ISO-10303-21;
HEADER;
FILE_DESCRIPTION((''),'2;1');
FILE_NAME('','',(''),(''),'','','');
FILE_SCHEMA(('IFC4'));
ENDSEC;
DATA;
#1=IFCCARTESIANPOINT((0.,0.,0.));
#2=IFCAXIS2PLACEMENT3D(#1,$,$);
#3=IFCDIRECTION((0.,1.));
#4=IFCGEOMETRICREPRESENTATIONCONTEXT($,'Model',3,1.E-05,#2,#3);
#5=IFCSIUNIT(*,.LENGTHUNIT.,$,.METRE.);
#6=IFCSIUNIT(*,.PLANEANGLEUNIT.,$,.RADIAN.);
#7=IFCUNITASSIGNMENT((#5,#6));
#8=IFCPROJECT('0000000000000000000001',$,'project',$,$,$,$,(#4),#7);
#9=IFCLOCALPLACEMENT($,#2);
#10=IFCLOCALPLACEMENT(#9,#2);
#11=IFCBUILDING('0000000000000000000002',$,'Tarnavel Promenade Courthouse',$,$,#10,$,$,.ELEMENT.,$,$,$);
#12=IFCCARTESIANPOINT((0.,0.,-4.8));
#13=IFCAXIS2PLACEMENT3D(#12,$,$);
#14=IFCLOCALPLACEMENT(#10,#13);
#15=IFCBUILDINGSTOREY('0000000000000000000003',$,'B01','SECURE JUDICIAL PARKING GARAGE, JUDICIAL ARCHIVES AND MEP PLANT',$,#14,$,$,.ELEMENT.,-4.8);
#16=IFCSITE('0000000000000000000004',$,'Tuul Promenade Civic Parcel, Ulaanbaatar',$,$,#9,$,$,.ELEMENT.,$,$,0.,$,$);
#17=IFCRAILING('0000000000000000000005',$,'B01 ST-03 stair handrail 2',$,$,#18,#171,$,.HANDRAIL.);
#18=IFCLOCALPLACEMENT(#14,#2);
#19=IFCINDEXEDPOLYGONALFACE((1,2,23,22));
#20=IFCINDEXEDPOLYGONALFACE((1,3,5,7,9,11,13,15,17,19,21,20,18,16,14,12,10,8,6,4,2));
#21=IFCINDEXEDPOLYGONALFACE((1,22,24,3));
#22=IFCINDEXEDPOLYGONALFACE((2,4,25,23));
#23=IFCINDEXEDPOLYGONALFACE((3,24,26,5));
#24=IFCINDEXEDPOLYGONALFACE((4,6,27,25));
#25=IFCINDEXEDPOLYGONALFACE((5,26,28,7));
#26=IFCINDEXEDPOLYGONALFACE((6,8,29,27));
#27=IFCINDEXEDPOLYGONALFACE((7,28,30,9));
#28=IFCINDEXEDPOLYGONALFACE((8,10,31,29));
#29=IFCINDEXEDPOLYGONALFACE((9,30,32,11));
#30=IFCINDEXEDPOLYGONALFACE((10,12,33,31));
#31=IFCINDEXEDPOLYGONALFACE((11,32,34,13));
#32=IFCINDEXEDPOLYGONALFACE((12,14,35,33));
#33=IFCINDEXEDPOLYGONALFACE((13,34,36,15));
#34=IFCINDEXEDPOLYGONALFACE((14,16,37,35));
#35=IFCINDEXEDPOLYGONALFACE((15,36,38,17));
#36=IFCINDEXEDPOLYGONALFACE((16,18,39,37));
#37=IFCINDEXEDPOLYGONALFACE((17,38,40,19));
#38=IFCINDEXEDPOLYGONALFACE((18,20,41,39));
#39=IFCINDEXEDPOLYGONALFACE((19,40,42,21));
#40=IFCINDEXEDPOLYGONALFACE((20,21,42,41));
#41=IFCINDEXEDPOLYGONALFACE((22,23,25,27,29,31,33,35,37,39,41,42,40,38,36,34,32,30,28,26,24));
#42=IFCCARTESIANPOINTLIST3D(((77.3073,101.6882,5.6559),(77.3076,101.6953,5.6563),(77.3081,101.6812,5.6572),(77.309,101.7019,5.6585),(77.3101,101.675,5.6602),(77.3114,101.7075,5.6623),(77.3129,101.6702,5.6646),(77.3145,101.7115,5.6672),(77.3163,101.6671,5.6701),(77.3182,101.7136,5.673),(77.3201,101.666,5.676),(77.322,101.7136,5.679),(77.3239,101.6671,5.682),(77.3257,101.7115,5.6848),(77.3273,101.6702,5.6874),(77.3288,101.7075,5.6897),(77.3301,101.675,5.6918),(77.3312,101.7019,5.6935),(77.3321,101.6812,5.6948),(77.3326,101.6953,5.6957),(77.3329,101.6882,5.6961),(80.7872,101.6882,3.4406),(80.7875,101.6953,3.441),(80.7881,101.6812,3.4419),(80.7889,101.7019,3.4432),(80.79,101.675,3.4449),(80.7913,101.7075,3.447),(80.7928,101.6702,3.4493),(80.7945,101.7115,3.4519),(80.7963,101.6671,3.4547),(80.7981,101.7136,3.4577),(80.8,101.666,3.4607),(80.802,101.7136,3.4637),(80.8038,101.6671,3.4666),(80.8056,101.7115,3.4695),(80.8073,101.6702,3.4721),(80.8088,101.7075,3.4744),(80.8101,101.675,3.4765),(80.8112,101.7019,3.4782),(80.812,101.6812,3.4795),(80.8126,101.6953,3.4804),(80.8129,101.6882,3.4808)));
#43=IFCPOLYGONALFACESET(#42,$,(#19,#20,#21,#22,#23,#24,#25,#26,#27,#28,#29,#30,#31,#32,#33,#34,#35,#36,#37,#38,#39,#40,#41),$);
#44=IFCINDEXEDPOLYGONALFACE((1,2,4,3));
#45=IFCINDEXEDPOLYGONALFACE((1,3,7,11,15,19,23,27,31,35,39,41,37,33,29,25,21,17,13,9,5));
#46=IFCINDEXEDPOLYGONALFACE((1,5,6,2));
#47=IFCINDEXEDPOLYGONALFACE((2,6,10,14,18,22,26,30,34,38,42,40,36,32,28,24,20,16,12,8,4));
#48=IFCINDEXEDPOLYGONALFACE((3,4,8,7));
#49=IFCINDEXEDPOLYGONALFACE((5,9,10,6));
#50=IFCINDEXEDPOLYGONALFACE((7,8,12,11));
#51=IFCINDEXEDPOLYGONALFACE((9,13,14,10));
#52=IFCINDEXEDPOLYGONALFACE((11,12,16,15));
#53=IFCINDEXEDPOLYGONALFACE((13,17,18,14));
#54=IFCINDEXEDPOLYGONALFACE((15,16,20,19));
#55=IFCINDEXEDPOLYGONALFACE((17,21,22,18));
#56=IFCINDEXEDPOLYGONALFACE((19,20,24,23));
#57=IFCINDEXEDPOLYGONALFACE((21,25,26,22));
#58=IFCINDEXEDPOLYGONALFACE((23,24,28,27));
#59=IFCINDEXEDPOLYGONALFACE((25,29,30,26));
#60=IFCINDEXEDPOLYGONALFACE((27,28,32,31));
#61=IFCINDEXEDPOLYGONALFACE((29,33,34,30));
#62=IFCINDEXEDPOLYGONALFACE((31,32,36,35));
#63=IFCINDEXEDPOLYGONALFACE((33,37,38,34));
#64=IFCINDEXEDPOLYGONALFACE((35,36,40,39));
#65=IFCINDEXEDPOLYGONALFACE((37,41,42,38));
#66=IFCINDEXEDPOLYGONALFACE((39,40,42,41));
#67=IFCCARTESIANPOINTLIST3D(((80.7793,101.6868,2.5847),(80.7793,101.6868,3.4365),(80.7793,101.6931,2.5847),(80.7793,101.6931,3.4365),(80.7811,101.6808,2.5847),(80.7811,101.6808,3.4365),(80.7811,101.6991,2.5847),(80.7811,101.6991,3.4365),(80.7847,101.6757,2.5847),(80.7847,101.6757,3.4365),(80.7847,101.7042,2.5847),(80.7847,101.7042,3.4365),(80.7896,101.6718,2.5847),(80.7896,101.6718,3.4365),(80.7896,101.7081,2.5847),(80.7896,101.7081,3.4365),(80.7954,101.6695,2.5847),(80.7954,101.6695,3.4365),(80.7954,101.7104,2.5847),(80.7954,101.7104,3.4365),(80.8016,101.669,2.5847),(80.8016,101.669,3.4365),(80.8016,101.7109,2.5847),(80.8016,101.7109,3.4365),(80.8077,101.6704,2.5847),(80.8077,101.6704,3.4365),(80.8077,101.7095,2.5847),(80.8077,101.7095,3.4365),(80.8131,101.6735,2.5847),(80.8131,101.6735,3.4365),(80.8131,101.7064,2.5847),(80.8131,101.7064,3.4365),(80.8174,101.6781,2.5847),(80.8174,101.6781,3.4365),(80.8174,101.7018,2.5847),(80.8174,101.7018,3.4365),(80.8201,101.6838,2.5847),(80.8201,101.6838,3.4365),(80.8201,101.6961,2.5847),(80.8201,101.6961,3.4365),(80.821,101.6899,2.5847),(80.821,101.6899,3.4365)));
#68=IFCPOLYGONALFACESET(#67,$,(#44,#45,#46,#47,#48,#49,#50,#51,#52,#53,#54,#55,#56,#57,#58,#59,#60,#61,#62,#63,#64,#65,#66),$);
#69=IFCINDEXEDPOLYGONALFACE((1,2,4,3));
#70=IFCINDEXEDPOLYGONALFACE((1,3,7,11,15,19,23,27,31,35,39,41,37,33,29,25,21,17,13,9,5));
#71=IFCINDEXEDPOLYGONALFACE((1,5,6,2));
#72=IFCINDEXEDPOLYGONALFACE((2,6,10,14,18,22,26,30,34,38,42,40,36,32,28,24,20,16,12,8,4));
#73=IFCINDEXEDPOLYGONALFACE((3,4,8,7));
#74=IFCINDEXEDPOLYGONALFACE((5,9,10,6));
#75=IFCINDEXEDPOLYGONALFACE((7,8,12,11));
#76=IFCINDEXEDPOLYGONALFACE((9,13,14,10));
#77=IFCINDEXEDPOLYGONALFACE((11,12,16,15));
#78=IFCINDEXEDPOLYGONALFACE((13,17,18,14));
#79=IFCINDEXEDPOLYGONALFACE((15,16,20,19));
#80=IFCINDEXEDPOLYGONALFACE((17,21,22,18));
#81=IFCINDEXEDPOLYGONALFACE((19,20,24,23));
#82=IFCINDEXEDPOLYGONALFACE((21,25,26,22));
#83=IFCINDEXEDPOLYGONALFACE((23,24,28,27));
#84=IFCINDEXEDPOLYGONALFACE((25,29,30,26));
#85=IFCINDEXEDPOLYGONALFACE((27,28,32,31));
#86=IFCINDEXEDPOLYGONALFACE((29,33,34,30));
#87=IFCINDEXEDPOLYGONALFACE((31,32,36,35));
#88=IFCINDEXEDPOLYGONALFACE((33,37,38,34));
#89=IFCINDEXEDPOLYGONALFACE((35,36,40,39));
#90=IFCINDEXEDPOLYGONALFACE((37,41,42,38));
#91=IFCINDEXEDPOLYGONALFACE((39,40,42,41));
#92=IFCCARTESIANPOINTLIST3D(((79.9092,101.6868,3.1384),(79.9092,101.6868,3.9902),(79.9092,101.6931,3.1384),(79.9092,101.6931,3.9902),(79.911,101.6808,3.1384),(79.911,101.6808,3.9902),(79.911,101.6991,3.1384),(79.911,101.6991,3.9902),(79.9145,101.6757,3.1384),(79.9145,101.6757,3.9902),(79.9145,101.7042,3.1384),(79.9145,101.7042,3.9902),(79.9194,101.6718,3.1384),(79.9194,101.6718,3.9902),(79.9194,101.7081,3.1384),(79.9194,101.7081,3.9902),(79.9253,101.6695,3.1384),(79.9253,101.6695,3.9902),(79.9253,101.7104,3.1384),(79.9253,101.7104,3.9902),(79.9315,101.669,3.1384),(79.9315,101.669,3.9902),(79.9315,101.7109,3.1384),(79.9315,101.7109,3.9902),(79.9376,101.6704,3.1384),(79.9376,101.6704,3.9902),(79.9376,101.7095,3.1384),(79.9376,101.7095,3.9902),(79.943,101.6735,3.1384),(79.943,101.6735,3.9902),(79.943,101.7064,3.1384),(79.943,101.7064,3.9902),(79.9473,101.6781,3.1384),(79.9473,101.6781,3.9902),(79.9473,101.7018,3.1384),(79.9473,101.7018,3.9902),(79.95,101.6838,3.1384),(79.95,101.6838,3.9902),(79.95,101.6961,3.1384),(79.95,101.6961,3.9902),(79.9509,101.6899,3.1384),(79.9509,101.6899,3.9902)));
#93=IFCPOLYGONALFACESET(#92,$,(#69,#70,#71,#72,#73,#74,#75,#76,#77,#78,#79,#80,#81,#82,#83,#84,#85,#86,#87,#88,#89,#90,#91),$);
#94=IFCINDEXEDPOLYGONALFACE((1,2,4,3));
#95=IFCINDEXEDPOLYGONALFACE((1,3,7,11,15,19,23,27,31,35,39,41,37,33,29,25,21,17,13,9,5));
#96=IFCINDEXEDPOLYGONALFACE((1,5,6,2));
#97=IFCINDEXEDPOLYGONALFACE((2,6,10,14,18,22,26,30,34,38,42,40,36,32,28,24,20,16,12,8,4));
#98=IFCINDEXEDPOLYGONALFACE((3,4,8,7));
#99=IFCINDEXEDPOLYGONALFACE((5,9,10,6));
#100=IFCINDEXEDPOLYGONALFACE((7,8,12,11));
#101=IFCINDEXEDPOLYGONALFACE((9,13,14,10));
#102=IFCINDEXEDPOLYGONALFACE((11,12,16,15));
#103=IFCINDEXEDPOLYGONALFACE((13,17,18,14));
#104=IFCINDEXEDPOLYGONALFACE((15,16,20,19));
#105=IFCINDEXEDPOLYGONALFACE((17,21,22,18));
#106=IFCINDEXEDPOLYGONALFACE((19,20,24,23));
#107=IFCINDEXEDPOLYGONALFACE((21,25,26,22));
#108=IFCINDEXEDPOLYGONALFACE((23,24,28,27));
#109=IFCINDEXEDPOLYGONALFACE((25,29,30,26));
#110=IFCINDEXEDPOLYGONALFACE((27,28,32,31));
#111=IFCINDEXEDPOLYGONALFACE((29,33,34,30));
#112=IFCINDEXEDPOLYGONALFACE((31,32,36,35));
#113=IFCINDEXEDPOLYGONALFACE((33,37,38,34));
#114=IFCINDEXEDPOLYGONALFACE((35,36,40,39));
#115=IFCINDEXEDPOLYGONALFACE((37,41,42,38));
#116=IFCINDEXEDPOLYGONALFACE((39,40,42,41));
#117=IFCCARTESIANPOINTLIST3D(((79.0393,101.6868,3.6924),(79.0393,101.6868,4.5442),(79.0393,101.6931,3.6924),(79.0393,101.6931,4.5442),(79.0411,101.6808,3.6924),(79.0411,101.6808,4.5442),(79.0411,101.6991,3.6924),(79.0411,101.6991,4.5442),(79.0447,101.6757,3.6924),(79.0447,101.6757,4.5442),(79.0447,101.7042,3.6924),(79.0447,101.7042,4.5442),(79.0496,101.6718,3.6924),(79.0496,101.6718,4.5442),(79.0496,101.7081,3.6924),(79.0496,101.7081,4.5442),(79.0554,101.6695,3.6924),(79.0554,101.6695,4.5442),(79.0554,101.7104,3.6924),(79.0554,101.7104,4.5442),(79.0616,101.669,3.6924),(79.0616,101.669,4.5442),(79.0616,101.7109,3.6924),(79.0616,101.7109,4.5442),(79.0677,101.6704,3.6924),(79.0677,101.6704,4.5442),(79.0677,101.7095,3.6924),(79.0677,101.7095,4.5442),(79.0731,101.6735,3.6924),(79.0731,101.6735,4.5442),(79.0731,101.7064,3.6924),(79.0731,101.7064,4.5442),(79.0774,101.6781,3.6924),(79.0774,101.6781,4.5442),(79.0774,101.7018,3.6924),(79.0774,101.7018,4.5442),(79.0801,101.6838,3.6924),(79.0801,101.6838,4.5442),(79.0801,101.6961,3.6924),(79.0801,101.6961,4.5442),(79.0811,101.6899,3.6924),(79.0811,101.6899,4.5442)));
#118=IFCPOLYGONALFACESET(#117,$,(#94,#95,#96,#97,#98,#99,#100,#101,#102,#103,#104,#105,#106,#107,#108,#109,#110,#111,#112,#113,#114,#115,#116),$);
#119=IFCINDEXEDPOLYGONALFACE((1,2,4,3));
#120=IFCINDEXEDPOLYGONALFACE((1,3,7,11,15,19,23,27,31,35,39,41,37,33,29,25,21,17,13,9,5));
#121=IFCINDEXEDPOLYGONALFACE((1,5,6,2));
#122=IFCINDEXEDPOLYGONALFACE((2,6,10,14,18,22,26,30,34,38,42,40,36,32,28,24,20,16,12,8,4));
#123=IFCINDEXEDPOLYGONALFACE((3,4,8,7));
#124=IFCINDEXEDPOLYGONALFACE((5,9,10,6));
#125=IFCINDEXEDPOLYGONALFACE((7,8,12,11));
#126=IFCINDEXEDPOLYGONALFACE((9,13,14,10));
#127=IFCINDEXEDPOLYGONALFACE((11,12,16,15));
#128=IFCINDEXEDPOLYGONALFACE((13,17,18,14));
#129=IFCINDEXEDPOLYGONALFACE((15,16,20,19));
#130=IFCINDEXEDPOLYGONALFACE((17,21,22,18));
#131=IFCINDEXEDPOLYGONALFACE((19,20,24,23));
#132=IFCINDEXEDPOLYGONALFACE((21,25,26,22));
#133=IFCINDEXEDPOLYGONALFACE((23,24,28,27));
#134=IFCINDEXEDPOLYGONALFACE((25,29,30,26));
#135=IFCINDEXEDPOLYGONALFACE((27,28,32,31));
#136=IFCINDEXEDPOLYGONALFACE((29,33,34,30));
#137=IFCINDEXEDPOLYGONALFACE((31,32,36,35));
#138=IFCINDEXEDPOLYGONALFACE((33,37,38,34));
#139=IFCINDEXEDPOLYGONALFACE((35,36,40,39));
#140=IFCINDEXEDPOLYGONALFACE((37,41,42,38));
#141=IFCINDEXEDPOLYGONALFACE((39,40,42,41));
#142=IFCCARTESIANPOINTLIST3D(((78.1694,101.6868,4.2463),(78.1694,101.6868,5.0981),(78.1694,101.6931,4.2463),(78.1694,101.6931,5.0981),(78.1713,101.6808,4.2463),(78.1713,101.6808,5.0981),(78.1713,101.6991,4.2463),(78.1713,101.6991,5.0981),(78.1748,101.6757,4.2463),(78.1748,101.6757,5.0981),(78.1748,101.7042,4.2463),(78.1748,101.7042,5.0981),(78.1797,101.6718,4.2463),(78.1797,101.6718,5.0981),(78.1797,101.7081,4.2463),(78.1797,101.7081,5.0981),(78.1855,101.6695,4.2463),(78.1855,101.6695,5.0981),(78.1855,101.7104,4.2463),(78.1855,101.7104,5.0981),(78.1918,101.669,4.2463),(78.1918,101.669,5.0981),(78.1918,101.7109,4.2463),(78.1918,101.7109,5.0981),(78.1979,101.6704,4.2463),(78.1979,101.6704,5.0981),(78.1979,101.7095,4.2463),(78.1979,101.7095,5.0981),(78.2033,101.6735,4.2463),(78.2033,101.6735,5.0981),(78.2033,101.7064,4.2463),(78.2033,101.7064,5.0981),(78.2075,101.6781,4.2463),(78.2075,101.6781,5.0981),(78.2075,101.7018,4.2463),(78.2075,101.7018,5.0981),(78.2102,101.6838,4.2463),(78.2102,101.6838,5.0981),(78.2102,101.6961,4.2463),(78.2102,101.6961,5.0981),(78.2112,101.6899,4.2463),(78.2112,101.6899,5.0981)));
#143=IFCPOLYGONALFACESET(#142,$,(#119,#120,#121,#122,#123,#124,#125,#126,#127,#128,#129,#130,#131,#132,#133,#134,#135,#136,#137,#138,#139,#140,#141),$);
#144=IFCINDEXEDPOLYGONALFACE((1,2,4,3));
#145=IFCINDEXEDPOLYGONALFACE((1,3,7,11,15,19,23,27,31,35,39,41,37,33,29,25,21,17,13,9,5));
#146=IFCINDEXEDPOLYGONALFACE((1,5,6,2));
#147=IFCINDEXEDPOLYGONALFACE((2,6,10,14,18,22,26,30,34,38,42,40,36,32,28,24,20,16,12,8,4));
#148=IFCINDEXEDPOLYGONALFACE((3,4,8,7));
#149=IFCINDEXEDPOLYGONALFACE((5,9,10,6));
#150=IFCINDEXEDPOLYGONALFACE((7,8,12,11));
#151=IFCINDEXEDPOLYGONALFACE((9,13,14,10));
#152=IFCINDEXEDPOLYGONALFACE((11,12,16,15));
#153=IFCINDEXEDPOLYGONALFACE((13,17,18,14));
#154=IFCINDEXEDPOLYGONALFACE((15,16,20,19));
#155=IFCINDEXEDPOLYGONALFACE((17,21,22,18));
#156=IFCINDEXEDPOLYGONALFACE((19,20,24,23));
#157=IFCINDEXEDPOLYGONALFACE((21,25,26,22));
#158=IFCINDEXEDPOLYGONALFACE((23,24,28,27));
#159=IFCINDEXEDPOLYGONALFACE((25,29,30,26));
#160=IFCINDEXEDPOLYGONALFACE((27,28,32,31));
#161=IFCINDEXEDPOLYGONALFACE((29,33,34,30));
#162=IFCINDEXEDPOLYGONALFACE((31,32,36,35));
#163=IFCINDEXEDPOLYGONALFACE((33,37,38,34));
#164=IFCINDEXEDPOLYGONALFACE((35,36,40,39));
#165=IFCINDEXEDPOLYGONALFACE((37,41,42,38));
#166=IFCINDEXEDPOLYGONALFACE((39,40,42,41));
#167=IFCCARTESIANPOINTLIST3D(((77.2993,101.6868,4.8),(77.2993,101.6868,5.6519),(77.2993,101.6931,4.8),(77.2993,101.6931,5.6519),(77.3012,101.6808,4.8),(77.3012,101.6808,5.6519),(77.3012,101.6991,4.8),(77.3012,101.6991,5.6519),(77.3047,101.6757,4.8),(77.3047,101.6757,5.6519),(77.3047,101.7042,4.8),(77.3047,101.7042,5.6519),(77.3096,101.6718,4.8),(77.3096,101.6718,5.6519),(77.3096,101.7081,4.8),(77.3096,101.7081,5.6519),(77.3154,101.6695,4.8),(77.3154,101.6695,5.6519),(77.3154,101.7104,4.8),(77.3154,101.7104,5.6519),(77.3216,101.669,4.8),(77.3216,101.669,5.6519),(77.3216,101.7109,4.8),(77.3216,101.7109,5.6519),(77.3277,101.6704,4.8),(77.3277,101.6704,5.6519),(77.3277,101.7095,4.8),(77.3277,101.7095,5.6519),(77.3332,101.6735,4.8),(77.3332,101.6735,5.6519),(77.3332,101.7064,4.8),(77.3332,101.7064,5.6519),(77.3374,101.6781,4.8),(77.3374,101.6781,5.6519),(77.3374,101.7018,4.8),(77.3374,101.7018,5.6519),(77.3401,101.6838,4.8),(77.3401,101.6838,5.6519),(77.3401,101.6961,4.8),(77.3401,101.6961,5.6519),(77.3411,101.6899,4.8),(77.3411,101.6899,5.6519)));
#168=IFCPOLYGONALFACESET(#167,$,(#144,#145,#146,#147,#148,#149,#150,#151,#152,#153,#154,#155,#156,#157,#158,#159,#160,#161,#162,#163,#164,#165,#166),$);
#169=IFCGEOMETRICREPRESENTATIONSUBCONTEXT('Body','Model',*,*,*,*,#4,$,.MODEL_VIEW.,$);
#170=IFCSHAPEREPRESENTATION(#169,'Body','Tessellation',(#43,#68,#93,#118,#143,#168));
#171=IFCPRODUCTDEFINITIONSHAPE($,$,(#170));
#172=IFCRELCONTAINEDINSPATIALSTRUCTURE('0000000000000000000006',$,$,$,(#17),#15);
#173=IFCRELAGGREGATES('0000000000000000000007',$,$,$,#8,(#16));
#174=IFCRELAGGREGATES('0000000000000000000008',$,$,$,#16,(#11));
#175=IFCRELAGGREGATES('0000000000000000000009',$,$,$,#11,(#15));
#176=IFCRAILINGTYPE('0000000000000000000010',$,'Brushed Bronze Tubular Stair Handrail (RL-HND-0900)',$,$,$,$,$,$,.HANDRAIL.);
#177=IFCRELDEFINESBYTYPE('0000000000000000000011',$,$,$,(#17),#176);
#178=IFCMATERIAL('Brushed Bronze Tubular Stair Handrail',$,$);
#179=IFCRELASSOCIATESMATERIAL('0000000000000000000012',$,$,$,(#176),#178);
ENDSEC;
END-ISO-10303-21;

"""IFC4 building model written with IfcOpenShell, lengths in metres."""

from ifc_helpers import new_model, si_unit, direction, frame, origin, origin_2d, place, context, subcontext, project, spatial, circle, extrude, material, type_object, element, save


model = new_model("IFC4")

# Units and contexts
model_context = context("Model", 3, precision=1e-05, world=origin(), true_north=direction((0.0, 1.0)))
body_context = subcontext(model_context, "Body", "Model", "MODEL_VIEW")
ifc_project = project(units=[si_unit("LENGTHUNIT", "METRE"), si_unit("PLANEANGLEUNIT", "RADIAN")], contexts=[model_context])

# Site, building, storey
site_placement = place(None, origin())
site = spatial("IfcSite", under=ifc_project, at=site_placement, Name="Tuul Promenade Civic Parcel, Ulaanbaatar", CompositionType="ELEMENT", RefElevation=0.0)
building_placement = place(site_placement, origin())
building = spatial("IfcBuilding", under=site, at=building_placement, Name="Tarnavel Promenade Courthouse", CompositionType="ELEMENT")
storey_placement = place(building_placement, frame((0.0, 0.0, -4.8)))
storey = spatial("IfcBuildingStorey", under=building, at=storey_placement, Name="B01", Description="SECURE JUDICIAL PARKING GARAGE, JUDICIAL ARCHIVES AND MEP PLANT", CompositionType="ELEMENT", Elevation=-4.8)

# Railing
ifc_material_1 = material(Name="Brushed Bronze Tubular Stair Handrail")
railing_type_1 = type_object("IfcRailingType", Name="Brushed Bronze Tubular Stair Handrail (RL-HND-0900)", PredefinedType="HANDRAIL", material=ifc_material_1)
railing_1_placement = place(storey_placement, frame((80.8, 101.6899, 2.5847)))
element("IfcRailing", 1, at=railing_1_placement, inside=storey, type_object=railing_type_1, Name="B01 ST-03 stair handrail 2", PredefinedType="HANDRAIL", context=body_context, shape_type="SweptSolid", body=[
    extrude(circle(Radius=0.0239, at=origin_2d()), frame((0.0, 0.0, 0.876), z_axis=(-0.843574, 0.0, 0.537013), x_axis=(0.0, -1.0, 0.0)), (0.0, 0.0, 1.0), 4.1252),
    extrude(circle(Radius=0.021, at=origin_2d()), origin(), (0.0, 0.0, 1.0), 0.8518),
    extrude(circle(Radius=0.021, at=origin_2d()), frame((-0.8701, 0.0, 0.5537)), (0.0, 0.0, 1.0), 0.8518),
    extrude(circle(Radius=0.021, at=origin_2d()), frame((-1.74, 0.0, 1.1077)), (0.0, 0.0, 1.0), 0.8518),
    extrude(circle(Radius=0.021, at=origin_2d()), frame((-2.6099, 0.0, 1.6616)), (0.0, 0.0, 1.0), 0.8518),
    extrude(circle(Radius=0.021, at=origin_2d()), frame((-3.48, 0.0, 2.2153)), (0.0, 0.0, 1.0), 0.8518),
])

save(model, "model.ifc")
